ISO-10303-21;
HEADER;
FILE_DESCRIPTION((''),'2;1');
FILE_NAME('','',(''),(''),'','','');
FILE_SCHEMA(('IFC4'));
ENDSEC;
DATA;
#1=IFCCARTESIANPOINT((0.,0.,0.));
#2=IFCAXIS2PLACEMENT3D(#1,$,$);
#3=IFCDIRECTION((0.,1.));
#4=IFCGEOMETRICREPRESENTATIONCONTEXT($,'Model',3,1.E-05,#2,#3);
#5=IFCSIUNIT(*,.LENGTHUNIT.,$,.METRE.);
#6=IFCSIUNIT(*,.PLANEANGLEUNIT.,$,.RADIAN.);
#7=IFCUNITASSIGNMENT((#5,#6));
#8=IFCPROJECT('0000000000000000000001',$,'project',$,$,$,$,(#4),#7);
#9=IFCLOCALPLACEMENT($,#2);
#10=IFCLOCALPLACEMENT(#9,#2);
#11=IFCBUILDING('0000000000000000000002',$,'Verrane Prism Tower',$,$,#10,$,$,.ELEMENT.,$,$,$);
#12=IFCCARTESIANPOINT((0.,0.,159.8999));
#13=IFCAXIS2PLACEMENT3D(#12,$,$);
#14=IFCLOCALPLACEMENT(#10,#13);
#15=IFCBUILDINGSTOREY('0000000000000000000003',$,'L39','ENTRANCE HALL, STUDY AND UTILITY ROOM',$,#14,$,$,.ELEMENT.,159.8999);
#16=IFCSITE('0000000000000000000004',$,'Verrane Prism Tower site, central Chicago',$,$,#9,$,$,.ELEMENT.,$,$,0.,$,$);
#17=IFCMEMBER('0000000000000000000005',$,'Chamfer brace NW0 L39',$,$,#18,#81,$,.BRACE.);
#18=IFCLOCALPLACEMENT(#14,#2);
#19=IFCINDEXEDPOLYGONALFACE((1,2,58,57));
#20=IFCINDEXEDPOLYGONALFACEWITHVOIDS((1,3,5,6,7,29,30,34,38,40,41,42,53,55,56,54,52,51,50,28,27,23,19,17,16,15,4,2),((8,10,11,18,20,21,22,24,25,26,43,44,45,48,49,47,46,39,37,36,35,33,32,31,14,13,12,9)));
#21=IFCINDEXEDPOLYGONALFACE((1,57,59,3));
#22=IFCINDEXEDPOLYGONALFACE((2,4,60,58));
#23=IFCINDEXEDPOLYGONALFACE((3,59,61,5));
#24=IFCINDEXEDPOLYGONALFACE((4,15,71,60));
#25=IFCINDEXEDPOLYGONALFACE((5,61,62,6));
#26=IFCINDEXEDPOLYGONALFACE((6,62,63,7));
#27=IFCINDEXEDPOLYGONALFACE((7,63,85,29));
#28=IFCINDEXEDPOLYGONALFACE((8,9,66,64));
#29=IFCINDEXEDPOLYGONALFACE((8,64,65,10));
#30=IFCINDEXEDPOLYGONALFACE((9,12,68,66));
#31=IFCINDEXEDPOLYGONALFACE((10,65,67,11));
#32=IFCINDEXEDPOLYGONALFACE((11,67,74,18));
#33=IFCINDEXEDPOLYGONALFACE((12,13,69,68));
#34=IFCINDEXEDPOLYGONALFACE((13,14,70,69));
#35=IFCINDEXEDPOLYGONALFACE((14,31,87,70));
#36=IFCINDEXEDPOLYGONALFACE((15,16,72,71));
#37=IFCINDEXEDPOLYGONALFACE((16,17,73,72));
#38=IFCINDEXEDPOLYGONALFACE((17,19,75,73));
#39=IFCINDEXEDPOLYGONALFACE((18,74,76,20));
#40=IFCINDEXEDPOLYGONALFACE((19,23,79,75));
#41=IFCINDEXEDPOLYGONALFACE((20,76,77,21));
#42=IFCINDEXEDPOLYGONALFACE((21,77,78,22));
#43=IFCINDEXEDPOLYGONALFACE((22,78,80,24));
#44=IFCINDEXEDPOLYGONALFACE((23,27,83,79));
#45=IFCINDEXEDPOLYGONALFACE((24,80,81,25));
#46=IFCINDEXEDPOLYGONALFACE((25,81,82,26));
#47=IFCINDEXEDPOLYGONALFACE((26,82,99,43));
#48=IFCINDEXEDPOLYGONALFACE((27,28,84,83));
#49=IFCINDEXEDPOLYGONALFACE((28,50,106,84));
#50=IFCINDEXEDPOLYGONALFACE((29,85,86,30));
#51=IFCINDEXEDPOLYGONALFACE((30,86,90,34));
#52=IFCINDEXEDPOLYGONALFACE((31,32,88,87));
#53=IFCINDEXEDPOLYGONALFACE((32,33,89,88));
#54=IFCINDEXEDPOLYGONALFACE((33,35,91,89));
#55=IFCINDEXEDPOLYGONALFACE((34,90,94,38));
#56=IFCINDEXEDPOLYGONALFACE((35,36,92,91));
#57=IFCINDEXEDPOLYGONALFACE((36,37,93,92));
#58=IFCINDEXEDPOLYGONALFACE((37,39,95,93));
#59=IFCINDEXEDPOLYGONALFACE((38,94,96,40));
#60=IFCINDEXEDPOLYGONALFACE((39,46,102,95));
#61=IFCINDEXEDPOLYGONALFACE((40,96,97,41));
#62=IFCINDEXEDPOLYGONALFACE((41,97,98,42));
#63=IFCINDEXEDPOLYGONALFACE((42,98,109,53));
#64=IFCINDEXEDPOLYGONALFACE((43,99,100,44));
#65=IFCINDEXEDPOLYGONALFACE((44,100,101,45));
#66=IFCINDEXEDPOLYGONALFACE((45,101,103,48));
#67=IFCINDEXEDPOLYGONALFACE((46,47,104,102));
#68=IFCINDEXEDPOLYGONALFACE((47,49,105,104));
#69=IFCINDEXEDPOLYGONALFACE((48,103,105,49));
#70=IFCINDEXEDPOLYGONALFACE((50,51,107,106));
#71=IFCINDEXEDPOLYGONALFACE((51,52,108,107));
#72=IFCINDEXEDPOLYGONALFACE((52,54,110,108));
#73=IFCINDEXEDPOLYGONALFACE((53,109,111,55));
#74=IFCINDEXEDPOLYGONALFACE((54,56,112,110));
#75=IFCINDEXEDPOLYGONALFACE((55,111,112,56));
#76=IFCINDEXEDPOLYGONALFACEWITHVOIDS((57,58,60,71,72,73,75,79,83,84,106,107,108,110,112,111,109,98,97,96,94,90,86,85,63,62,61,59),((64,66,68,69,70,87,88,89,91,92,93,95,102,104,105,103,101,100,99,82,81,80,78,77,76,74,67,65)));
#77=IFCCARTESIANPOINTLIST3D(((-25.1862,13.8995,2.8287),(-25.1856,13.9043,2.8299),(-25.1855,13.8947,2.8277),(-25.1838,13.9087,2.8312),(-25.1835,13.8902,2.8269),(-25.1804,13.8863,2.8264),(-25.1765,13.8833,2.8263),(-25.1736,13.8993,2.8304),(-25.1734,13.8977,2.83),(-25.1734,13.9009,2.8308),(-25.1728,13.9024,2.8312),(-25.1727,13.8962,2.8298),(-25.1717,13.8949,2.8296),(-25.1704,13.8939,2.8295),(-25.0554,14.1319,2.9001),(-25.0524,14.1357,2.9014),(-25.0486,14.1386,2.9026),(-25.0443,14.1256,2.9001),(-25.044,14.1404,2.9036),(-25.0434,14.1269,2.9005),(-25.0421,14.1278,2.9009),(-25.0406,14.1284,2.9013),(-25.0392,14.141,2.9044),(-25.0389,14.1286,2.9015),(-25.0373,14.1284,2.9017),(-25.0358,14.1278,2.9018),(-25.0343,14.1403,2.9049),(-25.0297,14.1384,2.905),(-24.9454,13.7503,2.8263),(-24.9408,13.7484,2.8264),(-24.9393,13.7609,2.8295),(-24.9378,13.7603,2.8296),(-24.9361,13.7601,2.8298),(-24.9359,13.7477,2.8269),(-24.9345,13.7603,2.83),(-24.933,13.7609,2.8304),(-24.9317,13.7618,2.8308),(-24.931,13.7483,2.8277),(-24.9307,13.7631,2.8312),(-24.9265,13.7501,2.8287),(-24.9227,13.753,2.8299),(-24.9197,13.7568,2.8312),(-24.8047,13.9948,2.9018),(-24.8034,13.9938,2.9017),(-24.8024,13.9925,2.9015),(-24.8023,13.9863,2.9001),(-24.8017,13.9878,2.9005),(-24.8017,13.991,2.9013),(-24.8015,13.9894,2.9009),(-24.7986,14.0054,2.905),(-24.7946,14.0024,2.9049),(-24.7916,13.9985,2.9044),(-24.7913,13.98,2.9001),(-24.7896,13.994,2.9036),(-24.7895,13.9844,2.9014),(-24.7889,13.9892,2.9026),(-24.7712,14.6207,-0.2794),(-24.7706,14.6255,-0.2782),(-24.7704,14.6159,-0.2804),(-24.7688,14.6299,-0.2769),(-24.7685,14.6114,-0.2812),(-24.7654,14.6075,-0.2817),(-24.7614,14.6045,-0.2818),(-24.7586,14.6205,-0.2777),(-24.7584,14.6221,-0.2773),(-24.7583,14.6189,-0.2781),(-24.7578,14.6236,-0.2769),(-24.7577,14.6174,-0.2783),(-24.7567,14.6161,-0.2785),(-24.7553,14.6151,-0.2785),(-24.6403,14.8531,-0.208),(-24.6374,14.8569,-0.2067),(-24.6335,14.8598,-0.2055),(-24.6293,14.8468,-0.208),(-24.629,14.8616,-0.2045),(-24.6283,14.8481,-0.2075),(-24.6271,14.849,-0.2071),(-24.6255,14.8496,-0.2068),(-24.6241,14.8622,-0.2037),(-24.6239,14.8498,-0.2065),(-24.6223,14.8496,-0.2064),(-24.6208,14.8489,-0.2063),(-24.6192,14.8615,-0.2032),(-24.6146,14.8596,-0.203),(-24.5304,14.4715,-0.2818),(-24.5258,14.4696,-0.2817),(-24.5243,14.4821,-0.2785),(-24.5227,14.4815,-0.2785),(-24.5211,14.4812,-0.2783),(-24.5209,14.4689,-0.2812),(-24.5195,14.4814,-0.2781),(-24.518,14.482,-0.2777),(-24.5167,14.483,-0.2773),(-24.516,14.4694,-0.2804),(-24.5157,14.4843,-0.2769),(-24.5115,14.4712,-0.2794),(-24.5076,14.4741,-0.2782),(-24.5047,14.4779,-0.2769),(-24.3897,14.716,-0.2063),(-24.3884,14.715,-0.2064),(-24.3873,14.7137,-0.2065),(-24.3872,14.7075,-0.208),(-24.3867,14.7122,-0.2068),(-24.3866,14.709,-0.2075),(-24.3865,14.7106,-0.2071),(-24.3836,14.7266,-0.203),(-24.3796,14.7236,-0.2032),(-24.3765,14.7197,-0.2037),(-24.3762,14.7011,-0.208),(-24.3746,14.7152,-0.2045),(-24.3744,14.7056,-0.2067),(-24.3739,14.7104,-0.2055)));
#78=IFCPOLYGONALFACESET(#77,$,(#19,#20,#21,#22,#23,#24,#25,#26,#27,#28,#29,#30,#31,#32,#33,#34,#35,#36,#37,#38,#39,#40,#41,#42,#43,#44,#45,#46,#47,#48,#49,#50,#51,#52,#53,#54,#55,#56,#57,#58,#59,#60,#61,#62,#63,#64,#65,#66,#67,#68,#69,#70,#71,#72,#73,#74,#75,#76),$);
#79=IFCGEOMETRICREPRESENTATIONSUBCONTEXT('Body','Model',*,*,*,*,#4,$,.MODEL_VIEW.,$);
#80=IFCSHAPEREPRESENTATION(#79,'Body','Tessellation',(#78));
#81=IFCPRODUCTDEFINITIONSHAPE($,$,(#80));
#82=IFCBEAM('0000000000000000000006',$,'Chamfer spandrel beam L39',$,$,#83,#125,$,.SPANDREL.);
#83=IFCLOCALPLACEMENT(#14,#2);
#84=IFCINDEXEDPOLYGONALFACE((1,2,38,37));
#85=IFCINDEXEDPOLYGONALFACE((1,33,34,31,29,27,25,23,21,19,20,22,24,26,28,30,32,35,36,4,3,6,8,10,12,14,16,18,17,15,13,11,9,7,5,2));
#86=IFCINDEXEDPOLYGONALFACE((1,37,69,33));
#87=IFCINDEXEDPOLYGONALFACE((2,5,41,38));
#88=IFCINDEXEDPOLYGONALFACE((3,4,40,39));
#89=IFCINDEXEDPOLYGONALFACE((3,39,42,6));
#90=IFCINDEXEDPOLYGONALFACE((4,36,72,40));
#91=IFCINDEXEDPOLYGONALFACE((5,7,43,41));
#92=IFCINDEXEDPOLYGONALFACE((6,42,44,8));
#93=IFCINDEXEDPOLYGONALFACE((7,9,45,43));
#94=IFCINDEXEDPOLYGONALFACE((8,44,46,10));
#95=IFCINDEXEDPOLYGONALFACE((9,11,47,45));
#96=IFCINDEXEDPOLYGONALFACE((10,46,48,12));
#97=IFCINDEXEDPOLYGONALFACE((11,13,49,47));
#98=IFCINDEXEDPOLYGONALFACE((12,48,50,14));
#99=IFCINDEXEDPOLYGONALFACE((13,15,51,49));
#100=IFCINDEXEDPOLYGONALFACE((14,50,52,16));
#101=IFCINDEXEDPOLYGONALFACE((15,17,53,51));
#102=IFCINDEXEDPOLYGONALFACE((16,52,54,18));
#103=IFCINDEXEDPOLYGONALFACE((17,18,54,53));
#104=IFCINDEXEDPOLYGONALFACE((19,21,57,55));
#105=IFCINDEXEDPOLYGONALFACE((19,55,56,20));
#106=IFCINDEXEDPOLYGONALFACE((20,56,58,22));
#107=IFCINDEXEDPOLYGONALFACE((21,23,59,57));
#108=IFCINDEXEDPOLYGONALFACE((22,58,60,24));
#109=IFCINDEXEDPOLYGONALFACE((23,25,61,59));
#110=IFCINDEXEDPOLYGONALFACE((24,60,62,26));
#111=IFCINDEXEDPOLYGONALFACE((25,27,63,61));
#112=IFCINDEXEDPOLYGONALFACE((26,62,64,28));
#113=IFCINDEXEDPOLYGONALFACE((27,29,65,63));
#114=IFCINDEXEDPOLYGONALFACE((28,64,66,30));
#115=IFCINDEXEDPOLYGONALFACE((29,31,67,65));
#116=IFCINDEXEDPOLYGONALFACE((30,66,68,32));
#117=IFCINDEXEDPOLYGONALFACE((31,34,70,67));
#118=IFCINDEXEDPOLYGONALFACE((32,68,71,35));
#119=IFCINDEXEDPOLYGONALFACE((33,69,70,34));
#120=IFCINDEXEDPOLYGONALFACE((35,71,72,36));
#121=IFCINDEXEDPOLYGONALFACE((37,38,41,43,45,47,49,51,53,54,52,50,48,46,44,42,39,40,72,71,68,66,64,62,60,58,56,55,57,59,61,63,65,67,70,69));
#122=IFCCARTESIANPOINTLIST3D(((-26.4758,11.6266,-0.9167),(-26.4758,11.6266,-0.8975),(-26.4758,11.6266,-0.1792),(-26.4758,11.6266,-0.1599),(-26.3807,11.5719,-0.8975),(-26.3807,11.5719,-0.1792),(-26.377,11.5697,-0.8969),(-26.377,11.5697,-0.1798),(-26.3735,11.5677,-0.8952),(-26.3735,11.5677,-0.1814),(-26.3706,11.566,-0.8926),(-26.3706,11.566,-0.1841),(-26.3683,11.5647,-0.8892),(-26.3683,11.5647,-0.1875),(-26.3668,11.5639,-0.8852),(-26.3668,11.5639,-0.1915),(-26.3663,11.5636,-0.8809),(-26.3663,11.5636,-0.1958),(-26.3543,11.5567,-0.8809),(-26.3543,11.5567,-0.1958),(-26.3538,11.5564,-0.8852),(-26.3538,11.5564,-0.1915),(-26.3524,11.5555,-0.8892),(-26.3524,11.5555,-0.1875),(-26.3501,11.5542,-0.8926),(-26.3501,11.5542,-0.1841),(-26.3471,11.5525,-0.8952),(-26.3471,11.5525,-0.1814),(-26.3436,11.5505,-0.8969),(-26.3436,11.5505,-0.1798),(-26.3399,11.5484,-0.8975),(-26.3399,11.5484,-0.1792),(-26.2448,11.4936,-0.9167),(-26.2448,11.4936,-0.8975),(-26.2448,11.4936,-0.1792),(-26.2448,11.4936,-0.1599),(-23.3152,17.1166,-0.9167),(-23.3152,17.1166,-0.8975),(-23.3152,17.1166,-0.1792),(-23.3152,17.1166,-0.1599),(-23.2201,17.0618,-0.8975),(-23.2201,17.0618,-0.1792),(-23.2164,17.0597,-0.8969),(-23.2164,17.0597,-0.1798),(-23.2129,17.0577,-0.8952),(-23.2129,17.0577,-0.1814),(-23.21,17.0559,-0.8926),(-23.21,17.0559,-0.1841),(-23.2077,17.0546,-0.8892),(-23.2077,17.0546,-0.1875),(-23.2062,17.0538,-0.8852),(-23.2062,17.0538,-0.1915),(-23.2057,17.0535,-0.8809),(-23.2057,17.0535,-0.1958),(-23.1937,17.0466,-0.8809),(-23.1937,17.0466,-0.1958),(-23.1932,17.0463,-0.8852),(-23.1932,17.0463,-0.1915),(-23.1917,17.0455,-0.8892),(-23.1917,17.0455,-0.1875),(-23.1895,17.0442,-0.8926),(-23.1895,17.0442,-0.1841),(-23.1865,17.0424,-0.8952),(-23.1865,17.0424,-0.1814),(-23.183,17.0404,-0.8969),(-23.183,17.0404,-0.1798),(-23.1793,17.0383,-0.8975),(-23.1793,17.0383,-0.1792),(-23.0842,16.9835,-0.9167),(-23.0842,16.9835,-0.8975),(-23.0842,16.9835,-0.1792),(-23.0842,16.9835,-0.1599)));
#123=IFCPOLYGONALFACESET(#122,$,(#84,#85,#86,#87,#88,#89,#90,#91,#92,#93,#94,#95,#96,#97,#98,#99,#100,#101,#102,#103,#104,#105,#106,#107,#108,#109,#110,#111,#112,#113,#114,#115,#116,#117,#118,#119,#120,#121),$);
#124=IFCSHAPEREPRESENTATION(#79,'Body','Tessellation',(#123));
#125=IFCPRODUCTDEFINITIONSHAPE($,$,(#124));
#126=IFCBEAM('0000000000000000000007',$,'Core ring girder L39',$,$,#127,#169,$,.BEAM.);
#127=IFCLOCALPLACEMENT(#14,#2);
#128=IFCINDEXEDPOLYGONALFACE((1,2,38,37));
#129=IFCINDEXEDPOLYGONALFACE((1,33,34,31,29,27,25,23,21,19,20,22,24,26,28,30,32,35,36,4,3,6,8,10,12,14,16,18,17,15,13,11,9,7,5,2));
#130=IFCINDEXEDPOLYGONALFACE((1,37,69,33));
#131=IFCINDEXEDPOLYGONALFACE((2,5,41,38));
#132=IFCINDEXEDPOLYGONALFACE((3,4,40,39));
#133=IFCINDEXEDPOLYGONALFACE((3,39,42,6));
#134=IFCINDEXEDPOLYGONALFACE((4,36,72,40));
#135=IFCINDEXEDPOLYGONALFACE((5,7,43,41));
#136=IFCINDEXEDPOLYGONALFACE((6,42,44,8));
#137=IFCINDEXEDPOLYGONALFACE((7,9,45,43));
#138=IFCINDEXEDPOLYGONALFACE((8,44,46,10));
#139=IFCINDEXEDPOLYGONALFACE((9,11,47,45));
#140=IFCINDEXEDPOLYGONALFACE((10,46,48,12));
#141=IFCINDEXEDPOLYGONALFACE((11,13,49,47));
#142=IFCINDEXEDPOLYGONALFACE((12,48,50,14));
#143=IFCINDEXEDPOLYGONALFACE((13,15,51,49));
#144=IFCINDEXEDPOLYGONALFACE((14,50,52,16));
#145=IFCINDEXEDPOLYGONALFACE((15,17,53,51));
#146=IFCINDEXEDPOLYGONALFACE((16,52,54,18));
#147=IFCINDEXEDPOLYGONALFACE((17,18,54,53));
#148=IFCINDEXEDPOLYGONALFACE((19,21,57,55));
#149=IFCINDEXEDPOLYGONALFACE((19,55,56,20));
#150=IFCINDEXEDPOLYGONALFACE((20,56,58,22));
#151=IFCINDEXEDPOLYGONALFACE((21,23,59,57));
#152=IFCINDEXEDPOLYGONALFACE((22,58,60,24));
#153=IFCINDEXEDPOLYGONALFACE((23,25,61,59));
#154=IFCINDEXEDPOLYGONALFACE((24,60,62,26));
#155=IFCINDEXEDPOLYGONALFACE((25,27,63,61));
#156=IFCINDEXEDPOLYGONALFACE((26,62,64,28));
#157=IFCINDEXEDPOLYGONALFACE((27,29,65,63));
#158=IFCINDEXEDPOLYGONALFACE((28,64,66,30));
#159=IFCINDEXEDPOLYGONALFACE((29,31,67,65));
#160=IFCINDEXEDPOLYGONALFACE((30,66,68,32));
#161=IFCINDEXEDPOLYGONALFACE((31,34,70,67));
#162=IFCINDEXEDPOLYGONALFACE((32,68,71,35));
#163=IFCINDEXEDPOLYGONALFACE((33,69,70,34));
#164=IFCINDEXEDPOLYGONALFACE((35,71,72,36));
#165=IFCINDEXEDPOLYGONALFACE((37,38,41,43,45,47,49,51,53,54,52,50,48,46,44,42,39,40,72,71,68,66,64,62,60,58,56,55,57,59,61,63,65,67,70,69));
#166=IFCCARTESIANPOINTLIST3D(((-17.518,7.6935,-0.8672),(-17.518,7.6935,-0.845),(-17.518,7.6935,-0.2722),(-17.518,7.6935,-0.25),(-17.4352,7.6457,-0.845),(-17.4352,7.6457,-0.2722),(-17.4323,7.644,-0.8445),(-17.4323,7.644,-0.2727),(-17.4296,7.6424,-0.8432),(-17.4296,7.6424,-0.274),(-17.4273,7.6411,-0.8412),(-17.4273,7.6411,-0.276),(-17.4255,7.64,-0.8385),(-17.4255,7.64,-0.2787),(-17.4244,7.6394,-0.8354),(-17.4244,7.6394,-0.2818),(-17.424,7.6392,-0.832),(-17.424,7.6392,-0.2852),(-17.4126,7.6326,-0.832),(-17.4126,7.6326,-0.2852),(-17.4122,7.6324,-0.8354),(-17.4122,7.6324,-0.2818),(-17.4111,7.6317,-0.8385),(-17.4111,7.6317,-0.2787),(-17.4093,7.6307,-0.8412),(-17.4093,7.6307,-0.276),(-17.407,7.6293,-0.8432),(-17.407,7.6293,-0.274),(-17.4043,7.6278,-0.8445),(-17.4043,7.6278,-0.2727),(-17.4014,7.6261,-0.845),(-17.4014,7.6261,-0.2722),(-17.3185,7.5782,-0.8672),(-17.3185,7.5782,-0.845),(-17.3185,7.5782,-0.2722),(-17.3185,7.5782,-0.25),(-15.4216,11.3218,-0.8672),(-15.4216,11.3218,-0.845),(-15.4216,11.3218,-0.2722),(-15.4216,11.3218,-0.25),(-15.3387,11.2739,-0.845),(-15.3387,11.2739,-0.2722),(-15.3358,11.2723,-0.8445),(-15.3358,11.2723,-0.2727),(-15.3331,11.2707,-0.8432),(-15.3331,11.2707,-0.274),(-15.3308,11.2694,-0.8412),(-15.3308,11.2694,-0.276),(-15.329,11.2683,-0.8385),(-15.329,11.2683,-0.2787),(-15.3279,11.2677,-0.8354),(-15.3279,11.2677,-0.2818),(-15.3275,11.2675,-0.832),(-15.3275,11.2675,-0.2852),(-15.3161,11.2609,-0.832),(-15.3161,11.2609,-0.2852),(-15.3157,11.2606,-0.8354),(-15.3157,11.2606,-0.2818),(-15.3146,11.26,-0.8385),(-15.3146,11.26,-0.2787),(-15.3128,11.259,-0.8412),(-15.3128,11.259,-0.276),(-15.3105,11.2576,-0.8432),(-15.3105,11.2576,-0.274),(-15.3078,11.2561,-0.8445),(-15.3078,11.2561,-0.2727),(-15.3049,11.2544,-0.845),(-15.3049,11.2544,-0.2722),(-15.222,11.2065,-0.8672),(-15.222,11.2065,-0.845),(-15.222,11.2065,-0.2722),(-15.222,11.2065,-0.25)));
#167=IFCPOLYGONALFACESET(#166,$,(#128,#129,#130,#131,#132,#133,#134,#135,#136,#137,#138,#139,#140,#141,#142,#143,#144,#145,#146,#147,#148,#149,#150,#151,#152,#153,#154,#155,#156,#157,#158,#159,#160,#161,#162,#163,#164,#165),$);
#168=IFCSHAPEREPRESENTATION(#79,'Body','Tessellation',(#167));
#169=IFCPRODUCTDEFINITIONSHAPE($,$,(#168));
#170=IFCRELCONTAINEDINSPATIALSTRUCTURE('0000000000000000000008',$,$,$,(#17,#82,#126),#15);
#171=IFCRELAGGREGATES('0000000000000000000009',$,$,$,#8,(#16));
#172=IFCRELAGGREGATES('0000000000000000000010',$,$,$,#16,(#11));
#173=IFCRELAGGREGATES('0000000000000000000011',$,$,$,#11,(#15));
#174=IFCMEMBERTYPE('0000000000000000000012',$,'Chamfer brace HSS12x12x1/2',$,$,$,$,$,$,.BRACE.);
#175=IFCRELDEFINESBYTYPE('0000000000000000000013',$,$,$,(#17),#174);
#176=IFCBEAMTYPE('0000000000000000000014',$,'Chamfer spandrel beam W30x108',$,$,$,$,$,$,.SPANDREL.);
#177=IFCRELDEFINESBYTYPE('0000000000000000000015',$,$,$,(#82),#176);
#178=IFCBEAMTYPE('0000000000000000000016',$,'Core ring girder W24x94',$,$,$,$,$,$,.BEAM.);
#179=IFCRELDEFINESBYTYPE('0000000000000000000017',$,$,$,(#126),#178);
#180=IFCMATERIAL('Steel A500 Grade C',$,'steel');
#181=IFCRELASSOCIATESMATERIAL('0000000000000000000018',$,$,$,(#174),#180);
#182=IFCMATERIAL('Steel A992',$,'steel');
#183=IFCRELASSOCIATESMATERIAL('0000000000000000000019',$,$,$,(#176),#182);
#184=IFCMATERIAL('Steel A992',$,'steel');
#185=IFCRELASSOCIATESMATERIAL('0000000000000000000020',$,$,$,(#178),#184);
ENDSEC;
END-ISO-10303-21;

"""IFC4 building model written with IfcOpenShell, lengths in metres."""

from ifc_helpers import new_model, si_unit, direction, frame, origin, origin_2d, place, context, subcontext, project, spatial, hollow_rectangle, i_section, extrude, material, material_profile, profile_set, type_object, element, save


model = new_model("IFC4")

# Units and contexts
model_context = context("Model", 3, precision=1e-05, world=origin(), true_north=direction((0.0, 1.0)))
body_context = subcontext(model_context, "Body", "Model", "MODEL_VIEW")
ifc_project = project(units=[si_unit("LENGTHUNIT", "METRE"), si_unit("PLANEANGLEUNIT", "RADIAN")], contexts=[model_context])

# Site, building, storey
site_placement = place(None, origin())
site = spatial("IfcSite", under=ifc_project, at=site_placement, Name="Verrane Prism Tower site, central Chicago", CompositionType="ELEMENT", RefElevation=0.0)
building_placement = place(site_placement, origin())
building = spatial("IfcBuilding", under=site, at=building_placement, Name="Verrane Prism Tower", CompositionType="ELEMENT")
storey_placement = place(building_placement, frame((0.0, 0.0, 159.8999)))
storey = spatial("IfcBuildingStorey", under=building, at=storey_placement, Name="L39", Description="ENTRANCE HALL, STUDY AND UTILITY ROOM", CompositionType="ELEMENT", Elevation=159.8999)

# Member
ifc_material_1 = material(Name="Steel A500 Grade C", Category="steel")
ifc_material_profile_1 = material_profile(ifc_material_1, hollow_rectangle(XDim=0.3047, YDim=0.3047, WallThickness=0.0127, InnerFilletRadius=0.0063, OuterFilletRadius=0.019, at=origin_2d()), Name="HSS12x12x1/2")
ifc_profile_set_1 = profile_set([ifc_material_profile_1], Name="Steel A500 Grade C")
member_type_1 = type_object("IfcMemberType", Name="Chamfer brace HSS12x12x1/2", PredefinedType="BRACE", material=ifc_profile_set_1)
member_1_placement = place(storey_placement, frame((-24.5725, 14.6655, -0.2424), z_axis=(-0.12899, -0.224139, 0.965983), x_axis=(0.866722, -0.498791, 0.0)))
element("IfcMember", 1, at=member_1_placement, inside=storey, type_object=member_type_1, Name="Chamfer brace NW0 L39", PredefinedType="BRACE", context=body_context, shape_type="SweptSolid", body=[
    extrude(hollow_rectangle(XDim=0.3047, YDim=0.3047, WallThickness=0.0127, InnerFilletRadius=0.0063, OuterFilletRadius=0.019, at=origin_2d()), origin(), (0.0, 0.0, 1.0), 3.2175),
])

# Beams
ifc_material_2 = material(Name="Steel A992", Category="steel")
ifc_material_profile_2 = material_profile(ifc_material_2, i_section(OverallWidth=0.2666, OverallDepth=0.7568, WebThickness=0.0139, FlangeThickness=0.0193, FilletRadius=0.0166, at=origin_2d()), Name="W30x108")
ifc_profile_set_2 = profile_set([ifc_material_profile_2], Name="Steel A992")
beam_type_1 = type_object("IfcBeamType", Name="Chamfer spandrel beam W30x108", PredefinedType="SPANDREL", material=ifc_profile_set_2)
beam_1_placement = place(storey_placement, frame((-23.1997, 17.05, -0.5383), z_axis=(-0.498934, -0.86664, 0.0), x_axis=(0.86664, -0.498934, 0.0)))
element("IfcBeam", 2, at=beam_1_placement, inside=storey, type_object=beam_type_1, Name="Chamfer spandrel beam L39", PredefinedType="SPANDREL", context=body_context, shape_type="SweptSolid", body=[
    extrude(i_section(OverallWidth=0.2666, OverallDepth=0.7568, WebThickness=0.0139, FlangeThickness=0.0193, FilletRadius=0.0166, at=origin_2d()), origin(), (0.0, 0.0, 1.0), 6.3347),
])
ifc_material_3 = material(Name="Steel A992", Category="steel")
ifc_material_profile_3 = material_profile(ifc_material_3, i_section(OverallWidth=0.2305, OverallDepth=0.6172, WebThickness=0.0132, FlangeThickness=0.0222, FilletRadius=0.0129, at=origin_2d()), Name="W24x94")
ifc_profile_set_3 = profile_set([ifc_material_profile_3], Name="Steel A992")
beam_type_2 = type_object("IfcBeamType", Name="Core ring girder W24x94", PredefinedType="BEAM", material=ifc_profile_set_3)
beam_2_placement = place(storey_placement, frame((-15.3218, 11.2642, -0.5586), z_axis=(-0.500306, -0.865849, 0.0), x_axis=(0.865849, -0.500306, 0.0)))
element("IfcBeam", 3, at=beam_2_placement, inside=storey, type_object=beam_type_2, Name="Core ring girder L39", PredefinedType="BEAM", context=body_context, shape_type="SweptSolid", body=[
    extrude(i_section(OverallWidth=0.2305, OverallDepth=0.6172, WebThickness=0.0132, FlangeThickness=0.0222, FilletRadius=0.0129, at=origin_2d()), origin(), (0.0, 0.0, 1.0), 4.1904),
])

save(model, "model.ifc")
